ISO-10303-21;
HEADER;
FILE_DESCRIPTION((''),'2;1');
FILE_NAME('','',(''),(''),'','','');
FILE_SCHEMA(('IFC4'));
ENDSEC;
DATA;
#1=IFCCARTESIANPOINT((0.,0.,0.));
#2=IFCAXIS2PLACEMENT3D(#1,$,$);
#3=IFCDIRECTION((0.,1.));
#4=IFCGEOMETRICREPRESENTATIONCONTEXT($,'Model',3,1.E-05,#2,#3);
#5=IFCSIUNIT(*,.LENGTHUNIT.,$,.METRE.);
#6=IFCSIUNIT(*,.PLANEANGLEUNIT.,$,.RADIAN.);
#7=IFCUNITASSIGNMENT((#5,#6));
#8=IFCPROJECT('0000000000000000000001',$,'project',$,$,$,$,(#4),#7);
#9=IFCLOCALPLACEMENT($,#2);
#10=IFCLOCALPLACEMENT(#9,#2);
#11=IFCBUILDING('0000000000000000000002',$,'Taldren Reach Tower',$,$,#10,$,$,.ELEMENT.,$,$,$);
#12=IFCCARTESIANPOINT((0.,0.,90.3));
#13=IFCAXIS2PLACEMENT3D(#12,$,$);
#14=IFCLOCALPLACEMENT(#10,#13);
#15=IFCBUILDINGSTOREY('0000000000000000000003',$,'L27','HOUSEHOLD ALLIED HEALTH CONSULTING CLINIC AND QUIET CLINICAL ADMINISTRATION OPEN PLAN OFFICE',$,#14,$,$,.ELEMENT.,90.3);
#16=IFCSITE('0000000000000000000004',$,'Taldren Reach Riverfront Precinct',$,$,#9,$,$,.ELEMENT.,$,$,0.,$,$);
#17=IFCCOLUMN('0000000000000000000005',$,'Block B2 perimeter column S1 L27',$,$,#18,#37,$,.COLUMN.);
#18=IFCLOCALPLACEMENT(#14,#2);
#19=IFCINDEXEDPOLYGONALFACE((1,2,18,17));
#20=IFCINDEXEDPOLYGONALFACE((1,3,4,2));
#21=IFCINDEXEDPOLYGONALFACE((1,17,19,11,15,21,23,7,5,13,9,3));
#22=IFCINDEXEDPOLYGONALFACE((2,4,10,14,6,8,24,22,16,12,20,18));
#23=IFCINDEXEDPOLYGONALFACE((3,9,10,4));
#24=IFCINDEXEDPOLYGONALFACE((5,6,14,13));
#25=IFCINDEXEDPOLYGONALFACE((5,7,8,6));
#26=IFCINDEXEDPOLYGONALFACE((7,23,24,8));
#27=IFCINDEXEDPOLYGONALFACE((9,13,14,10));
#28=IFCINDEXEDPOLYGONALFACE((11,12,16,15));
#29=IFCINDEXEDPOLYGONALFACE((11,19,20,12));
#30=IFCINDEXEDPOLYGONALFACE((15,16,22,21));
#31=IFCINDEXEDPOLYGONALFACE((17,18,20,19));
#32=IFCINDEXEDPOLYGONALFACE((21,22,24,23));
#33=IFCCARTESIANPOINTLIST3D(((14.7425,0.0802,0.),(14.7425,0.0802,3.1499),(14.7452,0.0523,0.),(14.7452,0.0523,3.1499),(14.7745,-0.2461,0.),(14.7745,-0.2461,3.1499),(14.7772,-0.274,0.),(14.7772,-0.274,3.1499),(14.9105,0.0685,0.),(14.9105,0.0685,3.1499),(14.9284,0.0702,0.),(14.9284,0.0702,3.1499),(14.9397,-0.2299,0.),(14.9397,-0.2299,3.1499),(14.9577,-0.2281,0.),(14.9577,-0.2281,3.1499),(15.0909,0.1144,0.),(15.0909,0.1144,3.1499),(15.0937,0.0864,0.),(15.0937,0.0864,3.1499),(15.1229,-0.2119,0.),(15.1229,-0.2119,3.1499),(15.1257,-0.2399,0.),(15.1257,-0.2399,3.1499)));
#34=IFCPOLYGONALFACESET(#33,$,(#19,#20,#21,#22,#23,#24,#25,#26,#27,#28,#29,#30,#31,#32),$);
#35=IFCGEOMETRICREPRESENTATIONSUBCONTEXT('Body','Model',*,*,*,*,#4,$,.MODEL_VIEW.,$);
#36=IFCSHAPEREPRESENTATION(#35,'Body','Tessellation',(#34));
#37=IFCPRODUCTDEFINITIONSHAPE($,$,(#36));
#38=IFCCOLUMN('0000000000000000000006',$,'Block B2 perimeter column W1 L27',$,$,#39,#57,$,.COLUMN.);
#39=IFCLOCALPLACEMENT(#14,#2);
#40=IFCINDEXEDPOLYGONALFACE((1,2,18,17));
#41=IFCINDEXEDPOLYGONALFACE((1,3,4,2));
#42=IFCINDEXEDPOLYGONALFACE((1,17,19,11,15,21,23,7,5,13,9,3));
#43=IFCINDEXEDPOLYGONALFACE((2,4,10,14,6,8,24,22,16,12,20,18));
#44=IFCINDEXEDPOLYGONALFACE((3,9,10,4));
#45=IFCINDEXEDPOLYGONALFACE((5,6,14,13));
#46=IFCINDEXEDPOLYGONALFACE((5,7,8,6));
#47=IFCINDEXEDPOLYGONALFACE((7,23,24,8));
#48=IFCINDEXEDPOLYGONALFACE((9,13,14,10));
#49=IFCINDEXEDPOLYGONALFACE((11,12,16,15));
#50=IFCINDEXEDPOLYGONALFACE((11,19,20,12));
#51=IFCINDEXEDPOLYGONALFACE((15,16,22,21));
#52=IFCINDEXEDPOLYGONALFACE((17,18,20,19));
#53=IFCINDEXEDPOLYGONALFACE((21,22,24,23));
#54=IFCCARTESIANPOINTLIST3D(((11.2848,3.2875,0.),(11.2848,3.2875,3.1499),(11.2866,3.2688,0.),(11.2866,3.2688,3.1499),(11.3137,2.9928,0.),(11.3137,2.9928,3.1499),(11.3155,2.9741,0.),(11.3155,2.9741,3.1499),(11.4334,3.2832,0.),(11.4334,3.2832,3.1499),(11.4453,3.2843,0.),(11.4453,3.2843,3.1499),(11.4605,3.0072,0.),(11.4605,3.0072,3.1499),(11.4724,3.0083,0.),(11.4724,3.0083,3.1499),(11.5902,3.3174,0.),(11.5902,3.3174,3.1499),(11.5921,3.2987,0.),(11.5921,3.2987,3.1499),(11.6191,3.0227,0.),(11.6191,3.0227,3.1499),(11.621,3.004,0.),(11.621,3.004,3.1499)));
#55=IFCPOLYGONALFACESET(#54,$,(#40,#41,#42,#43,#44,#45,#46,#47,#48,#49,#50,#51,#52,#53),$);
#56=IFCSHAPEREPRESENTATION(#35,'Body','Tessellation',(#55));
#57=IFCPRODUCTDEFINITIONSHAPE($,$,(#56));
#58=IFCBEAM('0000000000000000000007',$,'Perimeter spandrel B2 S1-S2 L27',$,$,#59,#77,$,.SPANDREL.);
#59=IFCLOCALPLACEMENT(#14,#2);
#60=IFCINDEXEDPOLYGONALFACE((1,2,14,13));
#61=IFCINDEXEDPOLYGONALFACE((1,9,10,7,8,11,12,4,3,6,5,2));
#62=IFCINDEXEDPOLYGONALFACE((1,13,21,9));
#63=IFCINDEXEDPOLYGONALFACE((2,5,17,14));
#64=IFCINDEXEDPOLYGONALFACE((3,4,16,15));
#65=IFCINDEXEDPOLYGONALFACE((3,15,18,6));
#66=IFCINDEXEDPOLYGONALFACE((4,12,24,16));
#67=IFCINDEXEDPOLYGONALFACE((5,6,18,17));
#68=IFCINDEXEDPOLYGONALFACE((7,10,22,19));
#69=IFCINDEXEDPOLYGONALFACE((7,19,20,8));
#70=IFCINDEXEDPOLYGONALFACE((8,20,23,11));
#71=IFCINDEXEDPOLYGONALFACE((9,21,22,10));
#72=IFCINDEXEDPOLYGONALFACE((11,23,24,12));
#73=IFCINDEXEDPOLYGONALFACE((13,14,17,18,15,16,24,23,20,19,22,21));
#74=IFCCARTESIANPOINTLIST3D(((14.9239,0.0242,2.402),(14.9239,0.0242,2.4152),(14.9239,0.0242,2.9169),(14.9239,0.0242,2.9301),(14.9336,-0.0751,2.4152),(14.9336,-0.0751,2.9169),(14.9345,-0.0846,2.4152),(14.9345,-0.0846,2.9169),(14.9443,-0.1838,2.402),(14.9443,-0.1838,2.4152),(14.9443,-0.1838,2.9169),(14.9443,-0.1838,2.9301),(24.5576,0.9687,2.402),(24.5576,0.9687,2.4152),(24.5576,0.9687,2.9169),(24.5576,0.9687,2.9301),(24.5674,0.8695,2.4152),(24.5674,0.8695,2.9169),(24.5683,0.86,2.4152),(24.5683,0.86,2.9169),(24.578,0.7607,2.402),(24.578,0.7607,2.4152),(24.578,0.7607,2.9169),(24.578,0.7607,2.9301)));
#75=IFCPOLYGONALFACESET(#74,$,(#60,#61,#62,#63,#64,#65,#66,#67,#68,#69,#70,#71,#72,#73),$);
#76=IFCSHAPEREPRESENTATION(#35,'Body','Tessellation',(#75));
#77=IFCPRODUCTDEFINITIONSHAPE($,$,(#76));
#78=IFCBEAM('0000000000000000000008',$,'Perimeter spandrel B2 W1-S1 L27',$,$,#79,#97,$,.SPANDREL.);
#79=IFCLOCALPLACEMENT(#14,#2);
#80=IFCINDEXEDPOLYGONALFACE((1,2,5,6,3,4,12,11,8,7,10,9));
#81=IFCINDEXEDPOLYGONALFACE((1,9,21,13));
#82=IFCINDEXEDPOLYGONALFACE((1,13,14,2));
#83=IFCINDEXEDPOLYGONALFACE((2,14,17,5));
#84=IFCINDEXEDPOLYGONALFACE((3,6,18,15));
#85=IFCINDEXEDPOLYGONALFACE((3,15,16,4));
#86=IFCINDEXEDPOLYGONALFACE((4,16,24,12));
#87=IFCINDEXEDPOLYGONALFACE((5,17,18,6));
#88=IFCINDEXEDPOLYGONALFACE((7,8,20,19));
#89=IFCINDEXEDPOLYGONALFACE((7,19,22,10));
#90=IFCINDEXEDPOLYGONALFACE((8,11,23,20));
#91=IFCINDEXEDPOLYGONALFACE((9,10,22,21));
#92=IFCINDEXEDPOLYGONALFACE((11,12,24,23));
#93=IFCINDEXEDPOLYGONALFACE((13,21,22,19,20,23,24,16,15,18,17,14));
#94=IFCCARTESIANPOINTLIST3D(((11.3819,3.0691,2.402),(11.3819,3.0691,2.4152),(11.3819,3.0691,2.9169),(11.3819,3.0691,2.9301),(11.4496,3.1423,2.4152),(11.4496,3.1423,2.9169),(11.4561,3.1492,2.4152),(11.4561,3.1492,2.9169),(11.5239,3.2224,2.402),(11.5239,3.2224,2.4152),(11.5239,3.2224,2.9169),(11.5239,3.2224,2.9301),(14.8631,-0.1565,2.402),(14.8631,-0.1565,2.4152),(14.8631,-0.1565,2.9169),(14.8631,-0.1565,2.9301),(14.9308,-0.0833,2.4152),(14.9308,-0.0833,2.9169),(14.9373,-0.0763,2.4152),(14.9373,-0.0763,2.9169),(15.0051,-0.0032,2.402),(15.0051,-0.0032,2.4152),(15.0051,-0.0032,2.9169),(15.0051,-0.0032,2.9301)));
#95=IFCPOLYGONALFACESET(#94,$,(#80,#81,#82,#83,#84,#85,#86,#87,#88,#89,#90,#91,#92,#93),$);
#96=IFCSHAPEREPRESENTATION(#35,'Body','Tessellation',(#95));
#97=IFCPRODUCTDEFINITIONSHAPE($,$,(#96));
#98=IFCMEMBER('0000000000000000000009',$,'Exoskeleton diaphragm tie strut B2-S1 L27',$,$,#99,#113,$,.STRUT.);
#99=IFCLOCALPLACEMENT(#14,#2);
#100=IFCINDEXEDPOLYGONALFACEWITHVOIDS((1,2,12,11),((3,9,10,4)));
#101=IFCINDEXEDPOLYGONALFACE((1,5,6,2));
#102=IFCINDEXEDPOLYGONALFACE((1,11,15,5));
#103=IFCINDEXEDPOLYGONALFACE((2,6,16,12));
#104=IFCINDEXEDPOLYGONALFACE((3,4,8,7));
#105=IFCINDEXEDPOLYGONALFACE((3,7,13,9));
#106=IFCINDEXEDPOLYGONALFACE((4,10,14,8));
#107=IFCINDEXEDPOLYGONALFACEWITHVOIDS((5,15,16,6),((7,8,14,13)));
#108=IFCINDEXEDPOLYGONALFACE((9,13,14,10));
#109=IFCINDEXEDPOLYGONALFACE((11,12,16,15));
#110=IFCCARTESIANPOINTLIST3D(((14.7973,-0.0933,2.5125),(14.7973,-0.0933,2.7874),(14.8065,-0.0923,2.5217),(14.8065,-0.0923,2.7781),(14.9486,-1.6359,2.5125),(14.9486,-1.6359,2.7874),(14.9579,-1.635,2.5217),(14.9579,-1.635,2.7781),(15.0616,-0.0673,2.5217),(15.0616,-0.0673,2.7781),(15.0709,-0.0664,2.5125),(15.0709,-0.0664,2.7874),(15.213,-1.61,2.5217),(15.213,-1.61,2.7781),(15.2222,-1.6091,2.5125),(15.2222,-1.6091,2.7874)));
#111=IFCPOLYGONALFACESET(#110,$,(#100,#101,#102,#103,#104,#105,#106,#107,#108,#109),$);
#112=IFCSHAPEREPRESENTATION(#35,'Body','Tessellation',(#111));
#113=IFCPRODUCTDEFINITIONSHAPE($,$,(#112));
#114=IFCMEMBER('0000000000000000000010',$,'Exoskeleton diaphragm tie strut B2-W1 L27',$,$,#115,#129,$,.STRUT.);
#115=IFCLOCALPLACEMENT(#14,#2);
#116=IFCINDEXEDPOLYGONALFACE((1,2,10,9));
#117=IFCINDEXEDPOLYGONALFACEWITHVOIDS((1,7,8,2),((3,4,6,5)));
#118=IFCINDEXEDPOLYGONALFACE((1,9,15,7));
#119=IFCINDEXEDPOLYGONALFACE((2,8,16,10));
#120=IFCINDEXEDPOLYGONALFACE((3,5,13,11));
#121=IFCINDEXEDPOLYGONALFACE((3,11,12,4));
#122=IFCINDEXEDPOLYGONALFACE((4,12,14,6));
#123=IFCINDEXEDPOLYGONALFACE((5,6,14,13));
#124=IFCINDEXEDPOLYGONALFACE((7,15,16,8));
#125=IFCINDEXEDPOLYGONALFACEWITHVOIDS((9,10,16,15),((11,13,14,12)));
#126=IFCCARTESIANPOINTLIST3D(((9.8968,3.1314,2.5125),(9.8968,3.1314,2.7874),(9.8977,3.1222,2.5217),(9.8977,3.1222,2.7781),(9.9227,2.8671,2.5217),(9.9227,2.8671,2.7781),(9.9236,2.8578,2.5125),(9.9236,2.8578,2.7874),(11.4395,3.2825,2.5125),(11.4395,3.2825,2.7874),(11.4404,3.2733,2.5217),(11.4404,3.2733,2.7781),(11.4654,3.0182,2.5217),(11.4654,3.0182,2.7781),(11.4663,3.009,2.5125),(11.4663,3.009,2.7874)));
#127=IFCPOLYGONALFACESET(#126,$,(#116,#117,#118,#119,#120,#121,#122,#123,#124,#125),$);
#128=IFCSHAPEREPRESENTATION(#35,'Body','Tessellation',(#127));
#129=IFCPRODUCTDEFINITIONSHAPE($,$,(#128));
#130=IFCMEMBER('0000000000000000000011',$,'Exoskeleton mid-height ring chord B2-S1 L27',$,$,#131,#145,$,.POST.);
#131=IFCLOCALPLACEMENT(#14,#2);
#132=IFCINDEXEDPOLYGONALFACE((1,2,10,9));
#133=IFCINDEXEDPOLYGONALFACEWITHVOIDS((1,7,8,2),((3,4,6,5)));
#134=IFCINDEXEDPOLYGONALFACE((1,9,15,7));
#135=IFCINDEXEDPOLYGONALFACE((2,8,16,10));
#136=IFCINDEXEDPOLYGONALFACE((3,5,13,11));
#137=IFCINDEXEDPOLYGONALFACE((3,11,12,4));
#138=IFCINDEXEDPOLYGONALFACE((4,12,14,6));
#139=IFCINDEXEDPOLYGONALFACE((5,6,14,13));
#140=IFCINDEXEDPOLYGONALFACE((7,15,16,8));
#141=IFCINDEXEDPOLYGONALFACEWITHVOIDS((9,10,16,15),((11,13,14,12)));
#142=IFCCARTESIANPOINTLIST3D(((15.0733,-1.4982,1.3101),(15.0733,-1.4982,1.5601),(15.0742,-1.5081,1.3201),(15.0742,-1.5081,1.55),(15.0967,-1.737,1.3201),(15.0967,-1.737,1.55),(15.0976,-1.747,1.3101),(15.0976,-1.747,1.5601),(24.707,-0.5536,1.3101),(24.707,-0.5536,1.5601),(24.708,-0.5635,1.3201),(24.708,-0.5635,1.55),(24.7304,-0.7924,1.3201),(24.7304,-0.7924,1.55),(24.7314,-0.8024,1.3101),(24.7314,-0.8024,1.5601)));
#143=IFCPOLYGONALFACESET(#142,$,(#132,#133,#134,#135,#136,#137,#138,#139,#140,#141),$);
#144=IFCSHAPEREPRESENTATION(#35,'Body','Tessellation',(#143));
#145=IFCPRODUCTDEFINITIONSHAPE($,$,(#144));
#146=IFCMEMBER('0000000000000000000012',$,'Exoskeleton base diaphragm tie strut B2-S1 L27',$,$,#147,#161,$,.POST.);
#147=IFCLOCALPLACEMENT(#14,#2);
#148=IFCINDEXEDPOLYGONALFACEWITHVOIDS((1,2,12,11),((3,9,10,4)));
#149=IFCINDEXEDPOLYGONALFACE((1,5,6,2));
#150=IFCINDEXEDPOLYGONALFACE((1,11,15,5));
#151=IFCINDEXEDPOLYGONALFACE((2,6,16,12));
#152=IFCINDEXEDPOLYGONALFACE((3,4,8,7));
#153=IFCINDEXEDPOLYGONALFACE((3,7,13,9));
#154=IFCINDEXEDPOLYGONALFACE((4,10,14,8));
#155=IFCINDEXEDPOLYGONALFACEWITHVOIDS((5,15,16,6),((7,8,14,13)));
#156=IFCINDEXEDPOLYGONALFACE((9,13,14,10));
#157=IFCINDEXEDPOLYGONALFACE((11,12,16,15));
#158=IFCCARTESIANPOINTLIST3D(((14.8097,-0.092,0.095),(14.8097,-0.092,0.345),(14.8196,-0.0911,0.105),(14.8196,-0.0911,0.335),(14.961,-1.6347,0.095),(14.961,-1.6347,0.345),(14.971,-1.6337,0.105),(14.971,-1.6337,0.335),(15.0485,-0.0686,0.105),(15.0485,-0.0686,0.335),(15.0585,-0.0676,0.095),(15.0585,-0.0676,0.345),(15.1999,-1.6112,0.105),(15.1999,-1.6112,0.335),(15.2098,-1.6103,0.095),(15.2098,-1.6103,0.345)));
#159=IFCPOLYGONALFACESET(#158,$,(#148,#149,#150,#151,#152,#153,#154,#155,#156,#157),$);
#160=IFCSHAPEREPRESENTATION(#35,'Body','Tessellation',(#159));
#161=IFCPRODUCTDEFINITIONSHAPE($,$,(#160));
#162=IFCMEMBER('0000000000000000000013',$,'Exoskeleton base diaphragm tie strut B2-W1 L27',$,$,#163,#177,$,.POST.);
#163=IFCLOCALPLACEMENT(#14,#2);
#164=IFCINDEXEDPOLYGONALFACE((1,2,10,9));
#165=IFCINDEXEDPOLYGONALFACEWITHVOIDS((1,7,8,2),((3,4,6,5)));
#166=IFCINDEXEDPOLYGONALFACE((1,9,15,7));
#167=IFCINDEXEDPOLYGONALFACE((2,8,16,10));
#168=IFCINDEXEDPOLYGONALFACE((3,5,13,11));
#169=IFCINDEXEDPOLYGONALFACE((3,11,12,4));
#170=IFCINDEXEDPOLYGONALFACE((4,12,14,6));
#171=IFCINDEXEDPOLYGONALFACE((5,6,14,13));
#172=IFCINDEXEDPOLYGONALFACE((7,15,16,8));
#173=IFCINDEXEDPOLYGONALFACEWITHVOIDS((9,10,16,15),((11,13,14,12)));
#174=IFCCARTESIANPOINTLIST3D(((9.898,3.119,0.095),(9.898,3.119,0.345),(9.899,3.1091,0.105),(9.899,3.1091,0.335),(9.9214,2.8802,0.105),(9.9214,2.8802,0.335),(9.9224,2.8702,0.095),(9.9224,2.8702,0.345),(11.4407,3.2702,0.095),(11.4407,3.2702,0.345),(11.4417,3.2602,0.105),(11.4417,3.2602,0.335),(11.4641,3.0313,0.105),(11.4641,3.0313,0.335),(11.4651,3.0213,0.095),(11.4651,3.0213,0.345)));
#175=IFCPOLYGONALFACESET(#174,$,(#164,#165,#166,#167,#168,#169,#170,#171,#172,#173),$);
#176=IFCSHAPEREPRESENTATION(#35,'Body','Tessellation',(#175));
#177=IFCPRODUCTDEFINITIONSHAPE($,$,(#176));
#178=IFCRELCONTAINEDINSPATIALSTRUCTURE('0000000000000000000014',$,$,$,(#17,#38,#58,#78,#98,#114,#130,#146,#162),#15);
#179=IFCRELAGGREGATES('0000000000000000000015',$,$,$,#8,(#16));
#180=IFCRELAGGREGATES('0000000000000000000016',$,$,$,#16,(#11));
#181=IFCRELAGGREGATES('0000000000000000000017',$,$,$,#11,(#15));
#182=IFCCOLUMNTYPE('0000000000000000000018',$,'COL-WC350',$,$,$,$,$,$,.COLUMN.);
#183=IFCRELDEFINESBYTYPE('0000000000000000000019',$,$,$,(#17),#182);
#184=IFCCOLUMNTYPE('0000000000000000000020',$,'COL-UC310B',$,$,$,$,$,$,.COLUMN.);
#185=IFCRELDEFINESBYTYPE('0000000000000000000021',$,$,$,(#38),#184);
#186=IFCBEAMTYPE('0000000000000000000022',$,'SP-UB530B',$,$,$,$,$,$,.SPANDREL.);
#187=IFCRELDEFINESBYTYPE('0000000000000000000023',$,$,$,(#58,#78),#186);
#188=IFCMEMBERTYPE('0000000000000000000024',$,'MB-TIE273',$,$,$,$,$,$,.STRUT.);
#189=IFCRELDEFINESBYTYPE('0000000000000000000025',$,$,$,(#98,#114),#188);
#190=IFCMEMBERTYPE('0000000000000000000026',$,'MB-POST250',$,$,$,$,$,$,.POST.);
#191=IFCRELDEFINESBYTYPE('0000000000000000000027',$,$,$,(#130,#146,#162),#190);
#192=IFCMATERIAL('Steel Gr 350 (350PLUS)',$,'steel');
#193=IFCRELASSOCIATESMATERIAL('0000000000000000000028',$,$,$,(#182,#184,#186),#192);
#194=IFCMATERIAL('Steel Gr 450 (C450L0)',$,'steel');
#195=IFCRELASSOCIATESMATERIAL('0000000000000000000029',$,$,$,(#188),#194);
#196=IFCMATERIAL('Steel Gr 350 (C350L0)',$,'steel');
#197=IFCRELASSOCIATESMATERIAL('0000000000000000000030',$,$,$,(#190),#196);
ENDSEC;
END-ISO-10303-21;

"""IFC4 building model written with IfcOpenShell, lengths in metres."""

from ifc_helpers import new_model, si_unit, direction, frame, origin, origin_2d, place, context, subcontext, project, spatial, hollow_rectangle, i_section, extrude, source, transform, mapped, material, material_profile, profile_set, type_object, element, save


model = new_model("IFC4")

# Units and contexts
model_context = context("Model", 3, precision=1e-05, world=origin(), true_north=direction((0.0, 1.0)))
body_context = subcontext(model_context, "Body", "Model", "MODEL_VIEW")
ifc_project = project(units=[si_unit("LENGTHUNIT", "METRE"), si_unit("PLANEANGLEUNIT", "RADIAN")], contexts=[model_context])

# Site, building, storey
site_placement = place(None, origin())
site = spatial("IfcSite", under=ifc_project, at=site_placement, Name="Taldren Reach Riverfront Precinct", CompositionType="ELEMENT", RefElevation=0.0)
building_placement = place(site_placement, origin())
building = spatial("IfcBuilding", under=site, at=building_placement, Name="Taldren Reach Tower", CompositionType="ELEMENT")
storey_placement = place(building_placement, frame((0.0, 0.0, 90.3)))
storey = spatial("IfcBuildingStorey", under=building, at=storey_placement, Name="L27", Description="HOUSEHOLD ALLIED HEALTH CONSULTING CLINIC AND QUIET CLINICAL ADMINISTRATION OPEN PLAN OFFICE", CompositionType="ELEMENT", Elevation=90.3)

# Columns
ifc_material_1 = material(Name="Steel Gr 350 (350PLUS)", Category="steel")
ifc_material_profile_1 = material_profile(ifc_material_1, i_section(OverallWidth=0.3501, OverallDepth=0.356, WebThickness=0.0181, FlangeThickness=0.0281, at=origin_2d()), Name="350WC197")
ifc_profile_set_1 = profile_set([ifc_material_profile_1], Name="Steel Gr 350 (350PLUS)")
column_type_1 = type_object("IfcColumnType", Name="COL-WC350", PredefinedType="COLUMN", material=ifc_profile_set_1)
shared_shape_1 = source(origin(), body_context, "Body", "SweptSolid", [
    extrude(i_section(OverallWidth=0.3501, OverallDepth=0.356, WebThickness=0.0181, FlangeThickness=0.0281, at=origin_2d()), origin(), (0.0, 0.0, 1.0), 3.1499),
])
column_1_placement = place(storey_placement, frame((14.9341, -0.0798, 0.0), z_axis=(0.0, 0.0, 1.0), x_axis=(0.995227, 0.097583, 0.0)))
element("IfcColumn", 1, at=column_1_placement, inside=storey, type_object=column_type_1, Name="Block B2 perimeter column S1 L27", PredefinedType="COLUMN", context=body_context, shape_type="MappedRepresentation", body=[
    mapped(shared_shape_1, transform((0.0, 0.0, 0.0), scale=1.0)),
])
ifc_material_profile_2 = material_profile(ifc_material_1, i_section(OverallWidth=0.3069, OverallDepth=0.3149, WebThickness=0.012, FlangeThickness=0.0188, at=origin_2d()), Name="310UC118")
ifc_profile_set_2 = profile_set([ifc_material_profile_2], Name="Steel Gr 350 (350PLUS)")
column_type_2 = type_object("IfcColumnType", Name="COL-UC310B", PredefinedType="COLUMN", material=ifc_profile_set_2)
shared_shape_2 = source(origin(), body_context, "Body", "SweptSolid", [
    extrude(i_section(OverallWidth=0.3069, OverallDepth=0.3149, WebThickness=0.012, FlangeThickness=0.0188, at=origin_2d()), origin(), (0.0, 0.0, 1.0), 3.1499),
])
column_2_placement = place(storey_placement, frame((11.4529, 3.1458, 0.0), z_axis=(0.0, 0.0, 1.0), x_axis=(0.995227, 0.097583, 0.0)))
element("IfcColumn", 2, at=column_2_placement, inside=storey, type_object=column_type_2, Name="Block B2 perimeter column W1 L27", PredefinedType="COLUMN", context=body_context, shape_type="MappedRepresentation", body=[
    mapped(shared_shape_2, transform((0.0, 0.0, 0.0), scale=1.0)),
])

# Beams
ifc_material_profile_3 = material_profile(ifc_material_1, i_section(OverallWidth=0.209, OverallDepth=0.5281, WebThickness=0.0095, FlangeThickness=0.0132, at=origin_2d()), Name="530UB82.0")
ifc_profile_set_3 = profile_set([ifc_material_profile_3], Name="Steel Gr 350 (350PLUS)")
beam_type = type_object("IfcBeamType", Name="SP-UB530B", PredefinedType="SPANDREL", material=ifc_profile_set_3)
shared_shape_3 = source(origin(), body_context, "Body", "SweptSolid", [
    extrude(i_section(OverallWidth=0.209, OverallDepth=0.5281, WebThickness=0.0095, FlangeThickness=0.0132, at=origin_2d()), origin(), (0.0, 0.0, 1.0), 9.6799),
])
beam_1_placement = place(storey_placement, frame((14.9341, -0.0798, 2.666), z_axis=(0.995228, 0.097581, 0.0), x_axis=(-0.097581, 0.995228, 0.0)))
element("IfcBeam", 3, at=beam_1_placement, inside=storey, type_object=beam_type, Name="Perimeter spandrel B2 S1-S2 L27", PredefinedType="SPANDREL", context=body_context, shape_type="MappedRepresentation", body=[
    mapped(shared_shape_3, transform((0.0, 0.0, 0.0), scale=1.0)),
])
shared_shape_4 = source(origin(), body_context, "Body", "SweptSolid", [
    extrude(i_section(OverallWidth=0.209, OverallDepth=0.5281, WebThickness=0.0095, FlangeThickness=0.0132, at=origin_2d()), origin(), (0.0, 0.0, 1.0), 4.7458),
])
beam_2_placement = place(storey_placement, frame((11.4529, 3.1458, 2.666), z_axis=(0.733524, -0.679663, 0.0), x_axis=(0.679663, 0.733524, 0.0)))
element("IfcBeam", 4, at=beam_2_placement, inside=storey, type_object=beam_type, Name="Perimeter spandrel B2 W1-S1 L27", PredefinedType="SPANDREL", context=body_context, shape_type="MappedRepresentation", body=[
    mapped(shared_shape_4, transform((0.0, 0.0, 0.0), scale=1.0)),
])

# Members
ifc_material_2 = material(Name="Steel Gr 450 (C450L0)", Category="steel")
ifc_material_profile_4 = material_profile(ifc_material_2, hollow_rectangle(XDim=0.2749, YDim=0.2749, WallThickness=0.0093, at=origin_2d()), Name="275x275x9.3SHS")
ifc_profile_set_4 = profile_set([ifc_material_profile_4], Name="Steel Gr 450 (C450L0)")
member_type_1 = type_object("IfcMemberType", Name="MB-TIE273", PredefinedType="STRUT", material=ifc_profile_set_4)
shared_shape_5 = source(origin(), body_context, "Body", "SweptSolid", [
    extrude(hollow_rectangle(XDim=0.2749, YDim=0.2749, WallThickness=0.0093, at=origin_2d()), origin(), (0.0, 0.0, 1.0), 1.55),
])
for number, where, z_axis, x_axis, name in (
    (5, (14.9341, -0.0798, 2.6499), (0.097648, -0.995221, 0.0), (0.995221, 0.097648, 0.0), "Exoskeleton diaphragm tie strut B2-S1 L27"),
    (6, (11.4529, 3.1458, 2.6499), (-0.995236, -0.097492, 0.0), (0.097492, -0.995236, 0.0), "Exoskeleton diaphragm tie strut B2-W1 L27"),
):
    element("IfcMember", number, at=place(storey_placement, frame(where, z_axis=z_axis, x_axis=x_axis)), inside=storey, type_object=member_type_1, Name=name, PredefinedType="STRUT", context=body_context, shape_type="MappedRepresentation", body=[
        mapped(shared_shape_5, transform((0.0, 0.0, 0.0), scale=1.0)),
    ])
ifc_material_3 = material(Name="Steel Gr 350 (C350L0)", Category="steel")
ifc_material_profile_5 = material_profile(ifc_material_3, hollow_rectangle(XDim=0.25, YDim=0.25, WallThickness=0.01, at=origin_2d()), Name="250x250x10.0SHS")
ifc_profile_set_5 = profile_set([ifc_material_profile_5], Name="Steel Gr 350 (C350L0)")
member_type_2 = type_object("IfcMemberType", Name="MB-POST250", PredefinedType="POST", material=ifc_profile_set_5)
shared_shape_6 = source(origin(), body_context, "Body", "SweptSolid", [
    extrude(hollow_rectangle(XDim=0.25, YDim=0.25, WallThickness=0.01, at=origin_2d()), origin(), (0.0, 0.0, 1.0), 9.6799),
])
member_1_placement = place(storey_placement, frame((15.0854, -1.6226, 1.4351), z_axis=(0.995228, 0.097581, 0.0), x_axis=(-0.097581, 0.995228, 0.0)))
element("IfcMember", 7, at=member_1_placement, inside=storey, type_object=member_type_2, Name="Exoskeleton mid-height ring chord B2-S1 L27", PredefinedType="POST", context=body_context, shape_type="MappedRepresentation", body=[
    mapped(shared_shape_6, transform((0.0, 0.0, 0.0), scale=1.0)),
])
shared_shape_7 = source(origin(), body_context, "Body", "SweptSolid", [
    extrude(hollow_rectangle(XDim=0.25, YDim=0.25, WallThickness=0.01, at=origin_2d()), origin(), (0.0, 0.0, 1.0), 1.55),
])
for number, where, z_axis, x_axis, name in (
    (8, (14.9341, -0.0798, 0.22), (0.097648, -0.995221, 0.0), (0.995221, 0.097648, 0.0), "Exoskeleton base diaphragm tie strut B2-S1 L27"),
    (9, (11.4529, 3.1458, 0.22), (-0.995236, -0.097492, 0.0), (0.097492, -0.995236, 0.0), "Exoskeleton base diaphragm tie strut B2-W1 L27"),
):
    element("IfcMember", number, at=place(storey_placement, frame(where, z_axis=z_axis, x_axis=x_axis)), inside=storey, type_object=member_type_2, Name=name, PredefinedType="POST", context=body_context, shape_type="MappedRepresentation", body=[
        mapped(shared_shape_7, transform((0.0, 0.0, 0.0), scale=1.0)),
    ])

save(model, "model.ifc")
